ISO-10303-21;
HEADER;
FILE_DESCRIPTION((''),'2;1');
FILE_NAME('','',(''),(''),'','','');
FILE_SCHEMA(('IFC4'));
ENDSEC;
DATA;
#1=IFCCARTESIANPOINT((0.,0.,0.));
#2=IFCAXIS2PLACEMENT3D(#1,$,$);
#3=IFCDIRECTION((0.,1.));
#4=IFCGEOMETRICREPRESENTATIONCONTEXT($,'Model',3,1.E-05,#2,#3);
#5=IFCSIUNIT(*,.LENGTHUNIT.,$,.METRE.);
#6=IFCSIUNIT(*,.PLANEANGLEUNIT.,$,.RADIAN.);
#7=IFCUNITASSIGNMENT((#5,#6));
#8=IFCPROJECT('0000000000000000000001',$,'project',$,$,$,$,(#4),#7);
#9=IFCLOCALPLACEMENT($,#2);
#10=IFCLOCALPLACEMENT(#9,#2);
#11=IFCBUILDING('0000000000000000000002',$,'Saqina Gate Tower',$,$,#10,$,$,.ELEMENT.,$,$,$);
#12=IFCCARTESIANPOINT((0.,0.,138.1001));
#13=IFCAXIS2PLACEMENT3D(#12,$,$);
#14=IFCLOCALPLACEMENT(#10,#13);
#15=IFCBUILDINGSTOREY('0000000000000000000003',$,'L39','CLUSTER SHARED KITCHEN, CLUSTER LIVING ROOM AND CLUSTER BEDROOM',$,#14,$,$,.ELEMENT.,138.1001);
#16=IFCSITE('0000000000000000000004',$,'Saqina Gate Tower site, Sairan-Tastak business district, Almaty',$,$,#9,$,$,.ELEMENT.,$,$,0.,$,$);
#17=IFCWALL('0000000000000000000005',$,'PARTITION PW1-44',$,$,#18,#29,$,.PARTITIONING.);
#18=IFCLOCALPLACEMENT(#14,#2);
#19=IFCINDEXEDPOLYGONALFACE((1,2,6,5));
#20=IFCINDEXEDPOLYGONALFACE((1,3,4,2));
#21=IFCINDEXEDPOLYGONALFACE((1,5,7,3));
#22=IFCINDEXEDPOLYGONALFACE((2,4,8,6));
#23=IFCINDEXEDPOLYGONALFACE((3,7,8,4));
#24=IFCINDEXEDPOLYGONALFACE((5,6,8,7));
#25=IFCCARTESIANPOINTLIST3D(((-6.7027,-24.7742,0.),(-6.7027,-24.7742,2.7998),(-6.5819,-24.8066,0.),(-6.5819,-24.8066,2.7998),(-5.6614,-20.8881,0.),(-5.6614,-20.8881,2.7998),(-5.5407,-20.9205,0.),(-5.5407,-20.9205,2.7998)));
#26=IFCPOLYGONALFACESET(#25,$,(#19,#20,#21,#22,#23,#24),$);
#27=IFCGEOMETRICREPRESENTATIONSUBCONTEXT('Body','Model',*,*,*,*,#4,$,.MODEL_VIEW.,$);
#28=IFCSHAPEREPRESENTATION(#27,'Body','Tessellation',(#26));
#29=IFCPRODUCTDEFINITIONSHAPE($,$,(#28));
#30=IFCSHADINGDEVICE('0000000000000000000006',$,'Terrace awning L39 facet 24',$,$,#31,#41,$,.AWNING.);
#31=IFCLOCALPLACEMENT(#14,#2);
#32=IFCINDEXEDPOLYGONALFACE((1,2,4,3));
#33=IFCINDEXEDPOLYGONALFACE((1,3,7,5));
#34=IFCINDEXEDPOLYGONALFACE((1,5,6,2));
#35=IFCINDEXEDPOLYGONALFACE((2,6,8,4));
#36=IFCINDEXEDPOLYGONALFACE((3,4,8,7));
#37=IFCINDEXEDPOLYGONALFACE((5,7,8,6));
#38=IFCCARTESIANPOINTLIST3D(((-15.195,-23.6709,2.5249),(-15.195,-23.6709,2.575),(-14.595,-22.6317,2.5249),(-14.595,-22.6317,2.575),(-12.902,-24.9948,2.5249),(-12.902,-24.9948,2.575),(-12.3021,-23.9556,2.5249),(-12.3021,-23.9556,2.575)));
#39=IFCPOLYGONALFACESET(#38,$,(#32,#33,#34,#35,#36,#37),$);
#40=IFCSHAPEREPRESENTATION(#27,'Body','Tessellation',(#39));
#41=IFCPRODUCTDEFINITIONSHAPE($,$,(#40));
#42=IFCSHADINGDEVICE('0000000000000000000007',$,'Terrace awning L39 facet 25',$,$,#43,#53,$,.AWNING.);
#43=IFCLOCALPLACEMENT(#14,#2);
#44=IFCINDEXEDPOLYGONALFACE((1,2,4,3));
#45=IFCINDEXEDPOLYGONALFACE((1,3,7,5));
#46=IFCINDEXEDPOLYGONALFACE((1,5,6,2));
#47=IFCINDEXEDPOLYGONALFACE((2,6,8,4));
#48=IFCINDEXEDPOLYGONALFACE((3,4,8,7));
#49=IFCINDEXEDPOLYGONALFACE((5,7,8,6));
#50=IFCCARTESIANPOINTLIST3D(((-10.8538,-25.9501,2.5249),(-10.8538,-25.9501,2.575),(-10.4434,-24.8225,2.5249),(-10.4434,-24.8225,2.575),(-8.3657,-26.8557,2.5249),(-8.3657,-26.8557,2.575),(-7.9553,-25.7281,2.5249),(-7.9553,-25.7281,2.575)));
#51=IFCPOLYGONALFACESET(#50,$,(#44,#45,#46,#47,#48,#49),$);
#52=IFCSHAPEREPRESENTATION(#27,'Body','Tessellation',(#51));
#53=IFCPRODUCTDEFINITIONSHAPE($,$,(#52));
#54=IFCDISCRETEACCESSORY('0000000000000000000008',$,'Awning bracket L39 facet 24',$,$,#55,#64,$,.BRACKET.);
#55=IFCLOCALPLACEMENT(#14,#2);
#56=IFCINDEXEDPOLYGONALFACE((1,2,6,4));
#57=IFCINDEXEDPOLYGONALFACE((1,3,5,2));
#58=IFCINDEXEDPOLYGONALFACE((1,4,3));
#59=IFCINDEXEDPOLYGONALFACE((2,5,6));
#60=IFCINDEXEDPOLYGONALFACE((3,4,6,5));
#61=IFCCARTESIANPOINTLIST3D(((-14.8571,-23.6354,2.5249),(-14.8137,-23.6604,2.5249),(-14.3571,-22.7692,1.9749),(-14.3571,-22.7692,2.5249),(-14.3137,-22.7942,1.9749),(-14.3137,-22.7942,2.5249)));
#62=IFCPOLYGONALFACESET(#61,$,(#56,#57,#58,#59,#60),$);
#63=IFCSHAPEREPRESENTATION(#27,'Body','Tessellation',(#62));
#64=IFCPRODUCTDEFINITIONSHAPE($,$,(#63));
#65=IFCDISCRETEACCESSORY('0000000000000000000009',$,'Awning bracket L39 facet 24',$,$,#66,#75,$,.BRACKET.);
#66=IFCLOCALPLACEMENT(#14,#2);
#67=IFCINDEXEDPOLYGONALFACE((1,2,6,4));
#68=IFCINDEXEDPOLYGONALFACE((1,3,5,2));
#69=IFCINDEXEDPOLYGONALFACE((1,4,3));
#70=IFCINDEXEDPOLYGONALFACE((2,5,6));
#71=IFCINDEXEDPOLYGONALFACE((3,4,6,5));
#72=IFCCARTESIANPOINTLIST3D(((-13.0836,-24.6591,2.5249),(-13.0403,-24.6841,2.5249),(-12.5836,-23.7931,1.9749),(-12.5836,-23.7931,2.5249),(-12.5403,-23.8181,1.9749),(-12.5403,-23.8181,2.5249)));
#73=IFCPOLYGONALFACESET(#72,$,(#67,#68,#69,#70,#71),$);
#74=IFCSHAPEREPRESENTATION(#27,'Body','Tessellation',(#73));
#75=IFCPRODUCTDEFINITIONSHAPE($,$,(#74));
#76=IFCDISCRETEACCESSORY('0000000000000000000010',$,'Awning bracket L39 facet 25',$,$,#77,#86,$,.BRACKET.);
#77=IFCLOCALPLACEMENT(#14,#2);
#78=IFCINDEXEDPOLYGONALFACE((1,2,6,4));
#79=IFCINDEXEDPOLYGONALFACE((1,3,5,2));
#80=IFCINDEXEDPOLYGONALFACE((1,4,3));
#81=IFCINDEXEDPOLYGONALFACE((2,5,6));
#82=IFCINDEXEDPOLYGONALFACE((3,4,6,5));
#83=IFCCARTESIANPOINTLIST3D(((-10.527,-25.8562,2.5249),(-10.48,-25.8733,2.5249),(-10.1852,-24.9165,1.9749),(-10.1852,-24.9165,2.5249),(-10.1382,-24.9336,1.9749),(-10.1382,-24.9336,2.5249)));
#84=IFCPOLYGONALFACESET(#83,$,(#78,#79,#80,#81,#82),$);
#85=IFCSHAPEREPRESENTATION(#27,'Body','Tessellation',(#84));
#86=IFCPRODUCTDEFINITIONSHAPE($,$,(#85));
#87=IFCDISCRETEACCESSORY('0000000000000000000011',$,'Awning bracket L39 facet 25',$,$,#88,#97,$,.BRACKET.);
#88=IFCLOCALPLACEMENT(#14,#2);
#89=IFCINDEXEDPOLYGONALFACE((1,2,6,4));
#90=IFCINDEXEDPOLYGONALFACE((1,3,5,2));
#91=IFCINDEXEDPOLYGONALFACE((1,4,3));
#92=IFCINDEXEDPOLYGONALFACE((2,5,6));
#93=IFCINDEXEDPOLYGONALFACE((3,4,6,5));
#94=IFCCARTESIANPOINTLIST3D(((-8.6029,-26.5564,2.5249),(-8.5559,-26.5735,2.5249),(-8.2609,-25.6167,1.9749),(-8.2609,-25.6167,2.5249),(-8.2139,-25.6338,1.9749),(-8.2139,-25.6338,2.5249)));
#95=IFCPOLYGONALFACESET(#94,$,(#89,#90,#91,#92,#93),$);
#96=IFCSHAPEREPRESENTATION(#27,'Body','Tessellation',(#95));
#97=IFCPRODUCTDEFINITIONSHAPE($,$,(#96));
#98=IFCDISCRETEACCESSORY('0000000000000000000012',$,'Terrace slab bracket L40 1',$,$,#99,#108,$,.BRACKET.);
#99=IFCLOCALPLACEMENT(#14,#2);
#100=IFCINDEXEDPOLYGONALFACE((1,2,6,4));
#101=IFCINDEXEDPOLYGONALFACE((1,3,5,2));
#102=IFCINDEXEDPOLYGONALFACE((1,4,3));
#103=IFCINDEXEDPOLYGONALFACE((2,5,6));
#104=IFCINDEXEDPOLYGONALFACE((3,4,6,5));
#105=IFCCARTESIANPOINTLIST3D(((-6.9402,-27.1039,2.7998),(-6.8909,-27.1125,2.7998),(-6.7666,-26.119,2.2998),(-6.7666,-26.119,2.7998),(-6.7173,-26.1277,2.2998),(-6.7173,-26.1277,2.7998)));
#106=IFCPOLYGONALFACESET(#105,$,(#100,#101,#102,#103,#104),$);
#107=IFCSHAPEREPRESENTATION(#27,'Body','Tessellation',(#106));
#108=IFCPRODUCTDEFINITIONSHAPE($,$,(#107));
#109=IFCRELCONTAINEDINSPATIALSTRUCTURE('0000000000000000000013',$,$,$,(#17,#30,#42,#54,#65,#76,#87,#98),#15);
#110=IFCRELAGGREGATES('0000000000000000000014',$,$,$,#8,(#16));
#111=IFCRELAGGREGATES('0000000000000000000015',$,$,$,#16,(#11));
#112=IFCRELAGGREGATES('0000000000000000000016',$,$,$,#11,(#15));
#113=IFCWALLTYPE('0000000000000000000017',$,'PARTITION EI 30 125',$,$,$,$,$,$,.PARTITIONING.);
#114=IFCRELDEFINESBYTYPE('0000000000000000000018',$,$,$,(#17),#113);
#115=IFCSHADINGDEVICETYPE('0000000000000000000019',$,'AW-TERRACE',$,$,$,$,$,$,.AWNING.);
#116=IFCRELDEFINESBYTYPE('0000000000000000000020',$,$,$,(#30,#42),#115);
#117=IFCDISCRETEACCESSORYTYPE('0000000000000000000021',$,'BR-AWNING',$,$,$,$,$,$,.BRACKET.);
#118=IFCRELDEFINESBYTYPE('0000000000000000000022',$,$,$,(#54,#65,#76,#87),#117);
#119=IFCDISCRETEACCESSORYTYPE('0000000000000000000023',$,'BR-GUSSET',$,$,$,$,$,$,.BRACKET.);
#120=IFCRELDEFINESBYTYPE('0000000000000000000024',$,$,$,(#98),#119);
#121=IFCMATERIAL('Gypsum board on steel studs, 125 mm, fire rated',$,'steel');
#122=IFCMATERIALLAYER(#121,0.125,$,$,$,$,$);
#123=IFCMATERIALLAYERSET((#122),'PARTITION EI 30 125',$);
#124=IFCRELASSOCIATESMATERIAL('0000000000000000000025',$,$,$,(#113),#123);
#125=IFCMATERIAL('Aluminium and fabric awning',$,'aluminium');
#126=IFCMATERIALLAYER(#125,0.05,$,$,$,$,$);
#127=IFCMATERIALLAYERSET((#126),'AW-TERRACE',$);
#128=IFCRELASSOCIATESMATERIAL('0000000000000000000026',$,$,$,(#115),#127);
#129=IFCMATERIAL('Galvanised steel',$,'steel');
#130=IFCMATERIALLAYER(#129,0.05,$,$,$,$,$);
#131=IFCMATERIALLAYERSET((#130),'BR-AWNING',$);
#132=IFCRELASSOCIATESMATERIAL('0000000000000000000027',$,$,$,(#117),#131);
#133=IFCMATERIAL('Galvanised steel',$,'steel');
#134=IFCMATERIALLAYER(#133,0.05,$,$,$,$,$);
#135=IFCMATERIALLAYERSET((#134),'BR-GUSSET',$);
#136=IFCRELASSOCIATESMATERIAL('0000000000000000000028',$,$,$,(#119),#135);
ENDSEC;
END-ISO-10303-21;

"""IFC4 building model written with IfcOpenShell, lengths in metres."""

from ifc_helpers import new_model, si_unit, direction, frame, frame_2d, origin, origin_2d, place, context, subcontext, project, spatial, polyline, rectangle, outline, extrude, material, layer, layer_set, type_object, element, save


model = new_model("IFC4")

# Units and contexts
model_context = context("Model", 3, precision=1e-05, world=origin(), true_north=direction((0.0, 1.0)))
body_context = subcontext(model_context, "Body", "Model", "MODEL_VIEW")
ifc_project = project(units=[si_unit("LENGTHUNIT", "METRE"), si_unit("PLANEANGLEUNIT", "RADIAN")], contexts=[model_context])

# Site, building, storey
site_placement = place(None, origin())
site = spatial("IfcSite", under=ifc_project, at=site_placement, Name="Saqina Gate Tower site, Sairan-Tastak business district, Almaty", CompositionType="ELEMENT", RefElevation=0.0)
building_placement = place(site_placement, origin())
building = spatial("IfcBuilding", under=site, at=building_placement, Name="Saqina Gate Tower", CompositionType="ELEMENT")
storey_placement = place(building_placement, frame((0.0, 0.0, 138.1001)))
storey = spatial("IfcBuildingStorey", under=building, at=storey_placement, Name="L39", Description="CLUSTER SHARED KITCHEN, CLUSTER LIVING ROOM AND CLUSTER BEDROOM", CompositionType="ELEMENT", Elevation=138.1001)

# Wall
ifc_material_1 = material(Name="Gypsum board on steel studs, 125 mm, fire rated", Category="steel")
ifc_layer_1 = layer(ifc_material_1, 0.125)
ifc_layer_set_1 = layer_set([ifc_layer_1], Name="PARTITION EI 30 125")
wall_type_1 = type_object("IfcWallType", Name="PARTITION EI 30 125", PredefinedType="PARTITIONING", material=ifc_layer_set_1)
wall_1_placement = place(storey_placement, frame((-6.6423, -24.7905, 0.0), z_axis=(0.0, 0.0, 1.0), x_axis=(0.258807, 0.965929, 0.0)))
element("IfcWall", 1, at=wall_1_placement, inside=storey, type_object=wall_type_1, Name="PARTITION PW1-44", PredefinedType="PARTITIONING", context=body_context, shape_type="SweptSolid", body=[
    extrude(rectangle(XDim=4.0232, YDim=0.125, at=frame_2d((2.0117, 0.0))), origin(), (0.0, 0.0, 1.0), 2.7998),
])

# Shading devices
ifc_material_2 = material(Name="Aluminium and fabric awning", Category="aluminium")
ifc_layer_2 = layer(ifc_material_2, 0.05)
ifc_layer_set_2 = layer_set([ifc_layer_2], Name="AW-TERRACE")
shading_device_type = type_object("IfcShadingDeviceType", Name="AW-TERRACE", PredefinedType="AWNING", material=ifc_layer_set_2)
for number, where, z_axis, x_axis, name in (
    (2, (-13.7485, -23.8132, 2.5249), (0.0, 0.0, 1.0), (0.866025, -0.5, 0.0), "Terrace awning L39 facet 24"),
    (3, (-9.4045, -25.8391, 2.5249), (0.0, 0.0, 1.0), (0.939693, -0.34202, 0.0), "Terrace awning L39 facet 25"),
):
    element("IfcShadingDevice", number, at=place(storey_placement, frame(where, z_axis=z_axis, x_axis=x_axis)), inside=storey, type_object=shading_device_type, Name=name, PredefinedType="AWNING", context=body_context, shape_type="SweptSolid", body=[
        extrude(rectangle(XDim=2.6477, YDim=1.2, at=origin_2d()), origin(), (0.0, 0.0, 1.0), 0.05),
    ])

# Discrete accessories
ifc_material_3 = material(Name="Galvanised steel", Category="steel")
ifc_layer_3 = layer(ifc_material_3, 0.05)
ifc_layer_set_3 = layer_set([ifc_layer_3], Name="BR-AWNING")
discrete_accessory_type_1 = type_object("IfcDiscreteAccessoryType", Name="BR-AWNING", PredefinedType="BRACKET", material=ifc_layer_set_3)
discrete_accessory_1_placement = place(storey_placement, frame((-14.3137, -22.7942, 1.9749), z_axis=(0.866072, -0.49992, 0.0), x_axis=(0.0, 0.0, 1.0)))
element("IfcDiscreteAccessory", 4, at=discrete_accessory_1_placement, inside=storey, type_object=discrete_accessory_type_1, Name="Awning bracket L39 facet 24", PredefinedType="BRACKET", context=body_context, shape_type="SweptSolid", body=[
    extrude(outline(polyline([(0.0, 0.0), (0.55, 0.0), (0.55, 1.0002), (0.0, 0.0)])), origin(), (0.0, 0.0, -1.0), 0.05),
])
discrete_accessory_2_placement = place(storey_placement, frame((-12.5403, -23.8181, 1.9749), z_axis=(0.866011, -0.500025, 0.0), x_axis=(0.0, 0.0, 1.0)))
element("IfcDiscreteAccessory", 5, at=discrete_accessory_2_placement, inside=storey, type_object=discrete_accessory_type_1, Name="Awning bracket L39 facet 24", PredefinedType="BRACKET", context=body_context, shape_type="SweptSolid", body=[
    extrude(outline(polyline([(0.0, 0.0), (0.55, 0.0), (0.55, 0.9999), (0.0, 0.0)])), origin(), (0.0, 0.0, -1.0), 0.05),
])
discrete_accessory_3_placement = place(storey_placement, frame((-10.1382, -24.9336, 1.9749), z_axis=(0.939765, -0.341821, 0.0), x_axis=(0.0, 0.0, 1.0)))
element("IfcDiscreteAccessory", 6, at=discrete_accessory_3_placement, inside=storey, type_object=discrete_accessory_type_1, Name="Awning bracket L39 facet 25", PredefinedType="BRACKET", context=body_context, shape_type="SweptSolid", body=[
    extrude(outline(polyline([(0.0, 0.0), (0.55, 0.0), (0.55, 0.9999), (0.0, 0.0)])), origin(), (0.0, 0.0, -1.0), 0.05),
])
discrete_accessory_4_placement = place(storey_placement, frame((-8.2139, -25.6338, 1.9749), z_axis=(0.939686, -0.342037, 0.0), x_axis=(0.0, 0.0, 1.0)))
element("IfcDiscreteAccessory", 7, at=discrete_accessory_4_placement, inside=storey, type_object=discrete_accessory_type_1, Name="Awning bracket L39 facet 25", PredefinedType="BRACKET", context=body_context, shape_type="SweptSolid", body=[
    extrude(outline(polyline([(0.0, 0.0), (0.55, 0.0), (0.55, 1.0), (0.0, 0.0)])), origin(), (0.0, 0.0, -1.0), 0.05),
])
ifc_material_4 = material(Name="Galvanised steel", Category="steel")
ifc_layer_4 = layer(ifc_material_4, 0.05)
ifc_layer_set_4 = layer_set([ifc_layer_4], Name="BR-GUSSET")
discrete_accessory_type_2 = type_object("IfcDiscreteAccessoryType", Name="BR-GUSSET", PredefinedType="BRACKET", material=ifc_layer_set_4)
discrete_accessory_5_placement = place(storey_placement, frame((-6.7173, -26.1277, 2.2998), z_axis=(0.98482, -0.173576, 0.0), x_axis=(0.0, 0.0, 1.0)))
element("IfcDiscreteAccessory", 8, at=discrete_accessory_5_placement, inside=storey, type_object=discrete_accessory_type_2, Name="Terrace slab bracket L40 1", PredefinedType="BRACKET", context=body_context, shape_type="SweptSolid", body=[
    extrude(outline(polyline([(0.0, 0.0), (0.5, 0.0), (0.5, 1.0), (0.0, 0.0)])), origin(), (0.0, 0.0, -1.0), 0.05),
])

save(model, "model.ifc")
